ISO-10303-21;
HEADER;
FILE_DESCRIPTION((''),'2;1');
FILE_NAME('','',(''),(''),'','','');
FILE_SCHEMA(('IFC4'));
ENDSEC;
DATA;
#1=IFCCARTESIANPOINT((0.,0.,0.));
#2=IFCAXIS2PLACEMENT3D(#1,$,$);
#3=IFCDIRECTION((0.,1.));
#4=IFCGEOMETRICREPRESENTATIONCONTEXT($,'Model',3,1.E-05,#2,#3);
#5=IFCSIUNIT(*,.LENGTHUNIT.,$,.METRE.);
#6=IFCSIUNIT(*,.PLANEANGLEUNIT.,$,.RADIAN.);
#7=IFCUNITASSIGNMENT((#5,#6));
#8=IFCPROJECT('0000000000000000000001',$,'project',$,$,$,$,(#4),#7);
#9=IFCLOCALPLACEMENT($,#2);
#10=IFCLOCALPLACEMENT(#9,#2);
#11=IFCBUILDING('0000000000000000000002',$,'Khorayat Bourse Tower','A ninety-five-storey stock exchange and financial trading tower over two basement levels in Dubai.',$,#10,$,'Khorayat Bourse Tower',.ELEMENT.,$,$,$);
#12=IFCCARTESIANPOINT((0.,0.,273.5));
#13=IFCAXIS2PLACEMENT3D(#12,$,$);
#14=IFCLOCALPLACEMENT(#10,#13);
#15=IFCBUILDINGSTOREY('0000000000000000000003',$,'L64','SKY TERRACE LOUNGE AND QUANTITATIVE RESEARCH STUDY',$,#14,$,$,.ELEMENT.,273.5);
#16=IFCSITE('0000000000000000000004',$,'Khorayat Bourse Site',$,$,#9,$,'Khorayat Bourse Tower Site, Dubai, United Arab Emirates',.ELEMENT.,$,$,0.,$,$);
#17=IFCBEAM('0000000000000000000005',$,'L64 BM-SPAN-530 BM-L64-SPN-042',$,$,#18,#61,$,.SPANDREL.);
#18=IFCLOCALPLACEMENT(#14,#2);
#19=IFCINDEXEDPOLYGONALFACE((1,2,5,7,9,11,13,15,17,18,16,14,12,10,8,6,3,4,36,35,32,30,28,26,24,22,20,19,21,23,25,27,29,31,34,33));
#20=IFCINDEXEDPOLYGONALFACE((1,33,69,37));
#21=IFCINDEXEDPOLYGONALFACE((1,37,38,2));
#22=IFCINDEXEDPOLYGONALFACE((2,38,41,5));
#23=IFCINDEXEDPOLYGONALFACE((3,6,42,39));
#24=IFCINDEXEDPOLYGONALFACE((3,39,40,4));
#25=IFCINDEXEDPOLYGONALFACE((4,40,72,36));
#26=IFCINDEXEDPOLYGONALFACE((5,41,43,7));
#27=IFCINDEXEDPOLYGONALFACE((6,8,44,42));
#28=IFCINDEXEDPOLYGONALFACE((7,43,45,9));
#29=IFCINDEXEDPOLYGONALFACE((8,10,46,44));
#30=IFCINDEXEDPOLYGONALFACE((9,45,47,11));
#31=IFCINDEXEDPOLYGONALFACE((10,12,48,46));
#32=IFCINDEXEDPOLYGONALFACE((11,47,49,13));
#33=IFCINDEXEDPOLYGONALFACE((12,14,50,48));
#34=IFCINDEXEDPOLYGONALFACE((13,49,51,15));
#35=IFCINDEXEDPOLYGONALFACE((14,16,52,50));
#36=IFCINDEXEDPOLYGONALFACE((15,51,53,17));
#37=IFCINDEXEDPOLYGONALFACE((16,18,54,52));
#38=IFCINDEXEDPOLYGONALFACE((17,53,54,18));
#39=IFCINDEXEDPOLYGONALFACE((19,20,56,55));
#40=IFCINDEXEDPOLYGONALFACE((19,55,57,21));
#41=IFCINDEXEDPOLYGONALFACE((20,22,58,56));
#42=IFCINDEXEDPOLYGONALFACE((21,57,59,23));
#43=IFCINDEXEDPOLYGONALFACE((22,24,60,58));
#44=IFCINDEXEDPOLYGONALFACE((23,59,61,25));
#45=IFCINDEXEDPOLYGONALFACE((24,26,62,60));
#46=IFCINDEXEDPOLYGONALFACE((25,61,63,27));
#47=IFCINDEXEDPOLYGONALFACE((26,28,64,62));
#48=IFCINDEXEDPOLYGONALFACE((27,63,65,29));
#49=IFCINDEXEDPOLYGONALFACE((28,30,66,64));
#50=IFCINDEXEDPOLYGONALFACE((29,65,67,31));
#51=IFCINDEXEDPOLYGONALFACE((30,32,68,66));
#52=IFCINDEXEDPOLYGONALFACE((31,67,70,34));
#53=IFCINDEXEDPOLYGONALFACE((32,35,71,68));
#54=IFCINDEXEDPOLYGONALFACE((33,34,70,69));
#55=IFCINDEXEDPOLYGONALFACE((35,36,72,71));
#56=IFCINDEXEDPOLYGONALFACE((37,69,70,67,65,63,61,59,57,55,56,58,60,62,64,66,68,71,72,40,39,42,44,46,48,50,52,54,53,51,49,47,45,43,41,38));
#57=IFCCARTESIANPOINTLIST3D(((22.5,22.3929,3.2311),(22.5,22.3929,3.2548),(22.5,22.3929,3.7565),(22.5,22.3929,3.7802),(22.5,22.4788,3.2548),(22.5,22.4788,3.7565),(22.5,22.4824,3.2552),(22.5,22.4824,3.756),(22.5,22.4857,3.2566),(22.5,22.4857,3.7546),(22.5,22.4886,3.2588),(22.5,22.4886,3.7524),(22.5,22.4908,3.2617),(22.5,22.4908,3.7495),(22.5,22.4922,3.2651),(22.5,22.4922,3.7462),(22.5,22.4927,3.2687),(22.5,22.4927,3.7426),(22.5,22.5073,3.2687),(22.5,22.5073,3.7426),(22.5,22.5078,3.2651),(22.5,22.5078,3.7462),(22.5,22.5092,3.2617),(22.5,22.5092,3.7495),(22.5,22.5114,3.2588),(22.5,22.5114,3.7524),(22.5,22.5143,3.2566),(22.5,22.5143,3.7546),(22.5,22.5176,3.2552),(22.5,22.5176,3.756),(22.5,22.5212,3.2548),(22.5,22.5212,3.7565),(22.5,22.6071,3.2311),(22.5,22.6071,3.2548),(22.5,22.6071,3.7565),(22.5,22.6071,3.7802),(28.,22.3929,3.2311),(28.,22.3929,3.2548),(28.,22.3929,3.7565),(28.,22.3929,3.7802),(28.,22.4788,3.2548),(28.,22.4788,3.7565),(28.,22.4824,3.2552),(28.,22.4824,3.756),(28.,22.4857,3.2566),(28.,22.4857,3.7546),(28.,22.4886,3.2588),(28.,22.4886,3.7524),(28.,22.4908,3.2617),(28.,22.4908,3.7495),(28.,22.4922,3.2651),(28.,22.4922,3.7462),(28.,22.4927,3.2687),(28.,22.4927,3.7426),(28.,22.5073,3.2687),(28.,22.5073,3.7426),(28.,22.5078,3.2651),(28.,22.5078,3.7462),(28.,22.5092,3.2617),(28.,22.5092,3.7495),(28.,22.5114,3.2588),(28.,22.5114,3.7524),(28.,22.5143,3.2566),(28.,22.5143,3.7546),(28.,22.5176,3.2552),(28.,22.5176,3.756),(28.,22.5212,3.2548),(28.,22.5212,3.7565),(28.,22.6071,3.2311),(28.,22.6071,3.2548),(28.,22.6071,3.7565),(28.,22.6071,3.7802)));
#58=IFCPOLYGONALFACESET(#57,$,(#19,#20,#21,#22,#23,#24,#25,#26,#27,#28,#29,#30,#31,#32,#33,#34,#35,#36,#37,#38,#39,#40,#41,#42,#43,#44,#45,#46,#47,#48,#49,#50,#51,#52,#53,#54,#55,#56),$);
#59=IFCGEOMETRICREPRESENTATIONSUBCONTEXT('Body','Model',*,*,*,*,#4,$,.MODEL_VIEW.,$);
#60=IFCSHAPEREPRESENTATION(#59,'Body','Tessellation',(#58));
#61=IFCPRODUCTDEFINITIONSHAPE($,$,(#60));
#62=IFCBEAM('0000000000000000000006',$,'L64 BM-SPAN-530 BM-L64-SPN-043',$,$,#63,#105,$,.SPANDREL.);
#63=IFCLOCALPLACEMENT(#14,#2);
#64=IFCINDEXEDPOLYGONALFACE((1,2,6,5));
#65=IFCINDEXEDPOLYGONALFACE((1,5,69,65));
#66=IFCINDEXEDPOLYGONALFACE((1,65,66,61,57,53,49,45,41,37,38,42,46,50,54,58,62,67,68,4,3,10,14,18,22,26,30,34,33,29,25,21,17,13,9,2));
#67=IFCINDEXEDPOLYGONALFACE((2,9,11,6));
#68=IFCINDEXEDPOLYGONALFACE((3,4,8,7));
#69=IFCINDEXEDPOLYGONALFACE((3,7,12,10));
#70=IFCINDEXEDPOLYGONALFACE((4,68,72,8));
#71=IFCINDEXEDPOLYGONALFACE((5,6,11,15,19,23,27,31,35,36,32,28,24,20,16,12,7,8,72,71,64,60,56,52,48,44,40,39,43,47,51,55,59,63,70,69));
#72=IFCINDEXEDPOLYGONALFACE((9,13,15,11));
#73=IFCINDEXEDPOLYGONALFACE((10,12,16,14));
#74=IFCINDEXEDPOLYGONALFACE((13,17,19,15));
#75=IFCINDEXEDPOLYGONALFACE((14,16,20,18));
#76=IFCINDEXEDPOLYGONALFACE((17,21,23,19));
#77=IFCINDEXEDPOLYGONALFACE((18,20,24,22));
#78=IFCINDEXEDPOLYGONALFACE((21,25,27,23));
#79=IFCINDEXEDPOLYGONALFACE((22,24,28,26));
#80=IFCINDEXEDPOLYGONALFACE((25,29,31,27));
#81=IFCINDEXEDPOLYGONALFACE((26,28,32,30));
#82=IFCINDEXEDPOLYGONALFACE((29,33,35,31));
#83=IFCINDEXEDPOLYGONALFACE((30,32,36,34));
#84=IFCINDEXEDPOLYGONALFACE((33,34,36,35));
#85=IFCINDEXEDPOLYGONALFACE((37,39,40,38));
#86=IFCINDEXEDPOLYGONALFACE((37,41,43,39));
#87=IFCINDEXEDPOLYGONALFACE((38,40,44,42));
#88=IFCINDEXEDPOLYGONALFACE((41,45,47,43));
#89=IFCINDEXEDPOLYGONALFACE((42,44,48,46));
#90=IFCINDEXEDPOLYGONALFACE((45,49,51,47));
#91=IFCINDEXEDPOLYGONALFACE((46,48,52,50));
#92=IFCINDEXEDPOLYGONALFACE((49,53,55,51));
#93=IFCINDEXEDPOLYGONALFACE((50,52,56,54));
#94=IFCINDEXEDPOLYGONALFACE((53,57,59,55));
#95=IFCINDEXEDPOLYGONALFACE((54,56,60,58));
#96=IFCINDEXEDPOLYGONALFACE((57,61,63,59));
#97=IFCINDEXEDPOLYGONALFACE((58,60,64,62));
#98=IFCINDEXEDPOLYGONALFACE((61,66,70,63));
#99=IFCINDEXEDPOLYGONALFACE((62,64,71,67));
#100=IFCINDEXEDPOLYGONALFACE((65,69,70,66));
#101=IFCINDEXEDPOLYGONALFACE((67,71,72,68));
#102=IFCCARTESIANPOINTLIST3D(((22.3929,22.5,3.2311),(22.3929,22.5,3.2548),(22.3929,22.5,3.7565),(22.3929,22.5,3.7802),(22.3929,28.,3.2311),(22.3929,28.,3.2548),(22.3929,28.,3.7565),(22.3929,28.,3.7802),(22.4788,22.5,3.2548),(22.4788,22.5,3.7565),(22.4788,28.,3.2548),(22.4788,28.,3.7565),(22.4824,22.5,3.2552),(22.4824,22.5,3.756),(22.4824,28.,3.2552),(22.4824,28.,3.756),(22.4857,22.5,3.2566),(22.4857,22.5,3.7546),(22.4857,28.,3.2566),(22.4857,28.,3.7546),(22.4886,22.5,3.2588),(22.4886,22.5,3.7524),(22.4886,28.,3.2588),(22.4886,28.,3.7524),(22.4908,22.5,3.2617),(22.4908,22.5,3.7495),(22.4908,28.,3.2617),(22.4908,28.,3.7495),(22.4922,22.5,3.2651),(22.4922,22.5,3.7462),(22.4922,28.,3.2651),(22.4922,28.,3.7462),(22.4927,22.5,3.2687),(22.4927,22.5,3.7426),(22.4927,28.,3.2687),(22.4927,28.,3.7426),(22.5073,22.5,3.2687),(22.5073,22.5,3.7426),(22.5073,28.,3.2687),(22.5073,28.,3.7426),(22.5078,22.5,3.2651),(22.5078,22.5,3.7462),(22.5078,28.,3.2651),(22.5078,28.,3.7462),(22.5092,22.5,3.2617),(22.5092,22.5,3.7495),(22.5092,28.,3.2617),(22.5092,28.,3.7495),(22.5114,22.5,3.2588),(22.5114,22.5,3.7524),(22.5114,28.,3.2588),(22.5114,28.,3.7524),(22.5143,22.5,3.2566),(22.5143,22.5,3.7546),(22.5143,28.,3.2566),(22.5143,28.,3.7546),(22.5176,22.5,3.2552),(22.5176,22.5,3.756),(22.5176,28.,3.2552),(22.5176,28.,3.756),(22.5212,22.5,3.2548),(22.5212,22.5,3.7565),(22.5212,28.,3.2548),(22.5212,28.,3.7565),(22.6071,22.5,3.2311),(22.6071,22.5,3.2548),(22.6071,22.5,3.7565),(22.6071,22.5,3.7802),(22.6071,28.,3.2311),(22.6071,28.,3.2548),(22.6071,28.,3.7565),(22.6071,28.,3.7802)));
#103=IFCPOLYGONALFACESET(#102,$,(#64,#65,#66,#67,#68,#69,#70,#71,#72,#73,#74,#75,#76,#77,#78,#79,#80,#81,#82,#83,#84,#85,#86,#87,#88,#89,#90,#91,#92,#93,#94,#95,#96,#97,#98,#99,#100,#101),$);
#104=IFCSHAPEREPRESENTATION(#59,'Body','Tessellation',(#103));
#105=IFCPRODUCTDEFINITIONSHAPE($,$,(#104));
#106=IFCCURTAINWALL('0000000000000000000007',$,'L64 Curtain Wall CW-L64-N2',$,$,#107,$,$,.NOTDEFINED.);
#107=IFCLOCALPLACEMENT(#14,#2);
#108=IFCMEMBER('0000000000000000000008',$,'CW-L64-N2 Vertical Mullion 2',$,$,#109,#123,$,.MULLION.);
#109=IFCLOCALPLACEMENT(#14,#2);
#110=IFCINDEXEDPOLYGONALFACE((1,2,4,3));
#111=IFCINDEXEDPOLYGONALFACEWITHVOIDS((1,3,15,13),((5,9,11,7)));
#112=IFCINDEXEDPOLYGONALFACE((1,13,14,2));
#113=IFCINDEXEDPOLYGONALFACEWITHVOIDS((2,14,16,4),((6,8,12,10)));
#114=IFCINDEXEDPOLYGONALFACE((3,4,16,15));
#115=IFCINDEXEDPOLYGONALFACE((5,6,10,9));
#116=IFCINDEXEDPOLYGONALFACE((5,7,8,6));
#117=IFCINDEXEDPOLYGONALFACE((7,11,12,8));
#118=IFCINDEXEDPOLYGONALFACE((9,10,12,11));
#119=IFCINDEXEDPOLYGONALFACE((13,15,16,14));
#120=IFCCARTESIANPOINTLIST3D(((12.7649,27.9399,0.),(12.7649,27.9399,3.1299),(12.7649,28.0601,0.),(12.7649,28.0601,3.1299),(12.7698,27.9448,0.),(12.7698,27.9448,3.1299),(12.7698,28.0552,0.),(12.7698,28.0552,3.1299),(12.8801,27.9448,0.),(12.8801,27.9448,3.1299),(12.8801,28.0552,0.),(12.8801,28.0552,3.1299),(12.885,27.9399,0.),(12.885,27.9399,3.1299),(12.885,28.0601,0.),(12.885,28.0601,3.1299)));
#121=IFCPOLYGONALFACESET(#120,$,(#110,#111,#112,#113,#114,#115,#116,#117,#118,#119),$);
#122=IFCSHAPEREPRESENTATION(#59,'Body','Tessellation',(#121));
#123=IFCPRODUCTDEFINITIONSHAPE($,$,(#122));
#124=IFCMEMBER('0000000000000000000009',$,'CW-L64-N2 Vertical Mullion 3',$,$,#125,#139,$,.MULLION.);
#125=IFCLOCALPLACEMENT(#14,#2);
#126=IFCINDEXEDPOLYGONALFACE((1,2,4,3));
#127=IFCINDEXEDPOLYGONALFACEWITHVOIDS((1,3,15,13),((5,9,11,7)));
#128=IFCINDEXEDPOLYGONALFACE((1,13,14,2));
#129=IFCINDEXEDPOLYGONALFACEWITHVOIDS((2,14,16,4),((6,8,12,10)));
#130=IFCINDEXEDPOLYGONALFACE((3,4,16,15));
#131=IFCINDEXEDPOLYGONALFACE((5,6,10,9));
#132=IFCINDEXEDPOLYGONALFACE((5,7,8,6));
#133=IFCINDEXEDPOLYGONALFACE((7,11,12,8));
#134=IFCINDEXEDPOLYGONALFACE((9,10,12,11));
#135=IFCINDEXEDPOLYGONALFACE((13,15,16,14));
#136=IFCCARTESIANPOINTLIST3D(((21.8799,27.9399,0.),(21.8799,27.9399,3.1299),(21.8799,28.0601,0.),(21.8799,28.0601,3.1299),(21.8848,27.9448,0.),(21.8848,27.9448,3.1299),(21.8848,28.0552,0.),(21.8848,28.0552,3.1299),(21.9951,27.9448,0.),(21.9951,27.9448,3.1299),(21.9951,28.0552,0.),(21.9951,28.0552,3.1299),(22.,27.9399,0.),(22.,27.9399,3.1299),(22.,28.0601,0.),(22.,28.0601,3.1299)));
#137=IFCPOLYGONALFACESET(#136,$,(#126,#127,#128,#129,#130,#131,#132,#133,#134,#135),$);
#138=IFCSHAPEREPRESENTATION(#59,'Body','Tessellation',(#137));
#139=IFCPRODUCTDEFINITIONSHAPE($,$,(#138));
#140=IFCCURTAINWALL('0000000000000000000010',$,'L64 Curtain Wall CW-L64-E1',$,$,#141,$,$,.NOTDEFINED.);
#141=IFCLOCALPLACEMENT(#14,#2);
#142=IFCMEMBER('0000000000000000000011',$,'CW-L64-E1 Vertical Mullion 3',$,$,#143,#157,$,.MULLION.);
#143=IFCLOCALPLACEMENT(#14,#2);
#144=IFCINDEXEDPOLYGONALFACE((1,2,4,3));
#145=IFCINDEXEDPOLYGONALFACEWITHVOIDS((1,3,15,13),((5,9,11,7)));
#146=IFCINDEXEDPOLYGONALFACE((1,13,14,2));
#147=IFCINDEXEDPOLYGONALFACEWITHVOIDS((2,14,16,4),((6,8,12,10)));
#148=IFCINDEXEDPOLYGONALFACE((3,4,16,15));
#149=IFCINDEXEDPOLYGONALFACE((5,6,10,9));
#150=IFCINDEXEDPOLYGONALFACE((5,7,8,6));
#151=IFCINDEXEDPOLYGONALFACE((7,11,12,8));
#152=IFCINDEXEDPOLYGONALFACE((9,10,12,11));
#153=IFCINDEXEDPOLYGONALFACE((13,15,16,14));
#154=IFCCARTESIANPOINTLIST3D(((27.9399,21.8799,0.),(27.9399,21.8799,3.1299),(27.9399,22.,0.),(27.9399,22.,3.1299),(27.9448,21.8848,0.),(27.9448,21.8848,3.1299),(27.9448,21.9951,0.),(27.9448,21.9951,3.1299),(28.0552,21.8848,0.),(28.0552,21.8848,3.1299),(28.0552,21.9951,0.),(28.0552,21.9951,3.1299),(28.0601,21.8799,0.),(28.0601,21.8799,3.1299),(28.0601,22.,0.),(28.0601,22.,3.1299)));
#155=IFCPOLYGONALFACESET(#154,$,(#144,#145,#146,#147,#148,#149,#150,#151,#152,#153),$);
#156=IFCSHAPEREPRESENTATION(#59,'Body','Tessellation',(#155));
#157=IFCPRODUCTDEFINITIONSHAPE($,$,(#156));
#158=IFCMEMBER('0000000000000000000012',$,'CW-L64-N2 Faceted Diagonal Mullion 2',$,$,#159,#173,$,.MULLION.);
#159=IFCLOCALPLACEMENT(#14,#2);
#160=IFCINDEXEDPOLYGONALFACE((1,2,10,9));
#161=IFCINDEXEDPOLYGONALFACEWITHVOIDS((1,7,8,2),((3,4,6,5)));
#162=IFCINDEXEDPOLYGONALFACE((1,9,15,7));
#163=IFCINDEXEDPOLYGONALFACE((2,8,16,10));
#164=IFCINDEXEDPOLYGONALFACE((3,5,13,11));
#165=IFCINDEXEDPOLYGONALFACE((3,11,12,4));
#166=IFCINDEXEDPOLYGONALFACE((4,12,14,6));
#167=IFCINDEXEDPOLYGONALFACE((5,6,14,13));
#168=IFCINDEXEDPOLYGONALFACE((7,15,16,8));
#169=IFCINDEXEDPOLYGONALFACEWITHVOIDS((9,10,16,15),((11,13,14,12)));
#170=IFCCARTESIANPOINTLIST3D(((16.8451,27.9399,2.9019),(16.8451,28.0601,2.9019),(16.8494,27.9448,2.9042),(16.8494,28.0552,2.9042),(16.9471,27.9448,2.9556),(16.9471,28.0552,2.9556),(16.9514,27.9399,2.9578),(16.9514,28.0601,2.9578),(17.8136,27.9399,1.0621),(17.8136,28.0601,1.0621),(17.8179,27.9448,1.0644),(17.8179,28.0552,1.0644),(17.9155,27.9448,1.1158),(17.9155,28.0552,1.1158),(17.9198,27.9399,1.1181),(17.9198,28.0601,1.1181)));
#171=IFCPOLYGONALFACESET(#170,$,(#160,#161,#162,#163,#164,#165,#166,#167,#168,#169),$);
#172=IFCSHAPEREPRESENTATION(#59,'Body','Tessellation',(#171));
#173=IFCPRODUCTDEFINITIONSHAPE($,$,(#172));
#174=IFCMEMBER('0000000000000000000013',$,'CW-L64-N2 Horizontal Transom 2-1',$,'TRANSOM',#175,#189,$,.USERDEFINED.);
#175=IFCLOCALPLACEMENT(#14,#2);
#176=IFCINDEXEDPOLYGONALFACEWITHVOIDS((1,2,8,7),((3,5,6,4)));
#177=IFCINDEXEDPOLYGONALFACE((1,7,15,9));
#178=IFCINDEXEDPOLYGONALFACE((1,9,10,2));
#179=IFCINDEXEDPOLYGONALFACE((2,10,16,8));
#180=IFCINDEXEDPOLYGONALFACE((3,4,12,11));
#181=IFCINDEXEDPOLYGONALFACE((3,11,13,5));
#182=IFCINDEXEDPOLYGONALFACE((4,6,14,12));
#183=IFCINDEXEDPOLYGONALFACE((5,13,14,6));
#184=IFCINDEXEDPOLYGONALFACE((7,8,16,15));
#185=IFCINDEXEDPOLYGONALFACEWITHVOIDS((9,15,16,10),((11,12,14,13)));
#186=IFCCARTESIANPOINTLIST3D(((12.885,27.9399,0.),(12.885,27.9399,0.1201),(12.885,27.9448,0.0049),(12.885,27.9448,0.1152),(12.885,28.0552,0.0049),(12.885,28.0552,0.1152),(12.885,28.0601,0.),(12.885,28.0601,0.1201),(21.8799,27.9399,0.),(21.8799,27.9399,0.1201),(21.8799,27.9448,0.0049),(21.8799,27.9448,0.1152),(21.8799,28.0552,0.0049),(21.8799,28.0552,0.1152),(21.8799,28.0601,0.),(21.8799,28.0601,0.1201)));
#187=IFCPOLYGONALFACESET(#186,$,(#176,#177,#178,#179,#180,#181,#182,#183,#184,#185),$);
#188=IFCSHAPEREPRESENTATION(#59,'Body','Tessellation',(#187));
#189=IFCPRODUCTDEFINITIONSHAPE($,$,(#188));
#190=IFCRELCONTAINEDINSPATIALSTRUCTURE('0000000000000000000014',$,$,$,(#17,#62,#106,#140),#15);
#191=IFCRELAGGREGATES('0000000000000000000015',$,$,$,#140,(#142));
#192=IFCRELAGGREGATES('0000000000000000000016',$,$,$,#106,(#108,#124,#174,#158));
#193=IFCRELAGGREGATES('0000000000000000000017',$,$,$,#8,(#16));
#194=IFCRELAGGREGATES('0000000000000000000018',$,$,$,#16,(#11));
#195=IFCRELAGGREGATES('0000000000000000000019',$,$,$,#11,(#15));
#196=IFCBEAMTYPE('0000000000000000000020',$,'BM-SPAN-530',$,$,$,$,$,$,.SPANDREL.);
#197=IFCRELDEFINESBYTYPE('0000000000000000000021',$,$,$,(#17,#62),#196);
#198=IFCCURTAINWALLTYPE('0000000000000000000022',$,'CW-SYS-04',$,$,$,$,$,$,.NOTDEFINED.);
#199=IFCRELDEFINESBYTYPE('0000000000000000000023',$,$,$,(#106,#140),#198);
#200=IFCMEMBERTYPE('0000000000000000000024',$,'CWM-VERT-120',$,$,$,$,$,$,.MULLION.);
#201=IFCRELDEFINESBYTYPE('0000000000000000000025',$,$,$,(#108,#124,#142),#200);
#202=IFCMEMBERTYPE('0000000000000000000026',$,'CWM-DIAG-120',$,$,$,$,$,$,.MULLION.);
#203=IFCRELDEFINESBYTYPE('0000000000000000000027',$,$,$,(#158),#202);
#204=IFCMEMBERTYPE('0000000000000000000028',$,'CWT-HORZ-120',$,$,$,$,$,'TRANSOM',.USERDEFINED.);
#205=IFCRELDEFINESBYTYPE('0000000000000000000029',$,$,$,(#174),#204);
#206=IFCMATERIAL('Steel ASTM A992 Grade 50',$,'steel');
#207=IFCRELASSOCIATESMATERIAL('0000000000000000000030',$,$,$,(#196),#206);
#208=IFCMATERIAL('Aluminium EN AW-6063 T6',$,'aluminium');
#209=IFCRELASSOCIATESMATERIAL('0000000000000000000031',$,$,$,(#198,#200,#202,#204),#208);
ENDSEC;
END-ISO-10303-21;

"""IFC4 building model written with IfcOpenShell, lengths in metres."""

from ifc_helpers import new_model, si_unit, direction, frame, origin, origin_2d, place, context, subcontext, project, spatial, hollow_rectangle, i_section, extrude, source, transform, mapped, material, material_profile, profile_set, type_object, element, aggregate, save


model = new_model("IFC4")

# Units and contexts
model_context = context("Model", 3, precision=1e-05, world=origin(), true_north=direction((0.0, 1.0)))
body_context = subcontext(model_context, "Body", "Model", "MODEL_VIEW")
ifc_project = project(units=[si_unit("LENGTHUNIT", "METRE"), si_unit("PLANEANGLEUNIT", "RADIAN")], contexts=[model_context])

# Site, building, storey
site_placement = place(None, origin())
site = spatial("IfcSite", under=ifc_project, at=site_placement, Name="Khorayat Bourse Site", LongName="Khorayat Bourse Tower Site, Dubai, United Arab Emirates", CompositionType="ELEMENT", RefElevation=0.0)
building_placement = place(site_placement, origin())
building = spatial("IfcBuilding", under=site, at=building_placement, Name="Khorayat Bourse Tower", Description="A ninety-five-storey stock exchange and financial trading tower over two basement levels in Dubai.", LongName="Khorayat Bourse Tower", CompositionType="ELEMENT")
storey_placement = place(building_placement, frame((0.0, 0.0, 273.5)))
storey = spatial("IfcBuildingStorey", under=building, at=storey_placement, Name="L64", Description="SKY TERRACE LOUNGE AND QUANTITATIVE RESEARCH STUDY", CompositionType="ELEMENT", Elevation=273.5)

# Beams
ifc_material_1 = material(Name="Steel ASTM A992 Grade 50", Category="steel")
ifc_material_profile_1 = material_profile(ifc_material_1, i_section(OverallWidth=0.2141, OverallDepth=0.5491, WebThickness=0.0146, FlangeThickness=0.0237, FilletRadius=0.0139, at=origin_2d()), Name="W530X138")
ifc_profile_set_1 = profile_set([ifc_material_profile_1], Name="Steel ASTM A992 Grade 50")
beam_type_1 = type_object("IfcBeamType", Name="BM-SPAN-530", PredefinedType="SPANDREL", material=ifc_profile_set_1)
shared_shape_1 = source(origin(), body_context, "Body", "SweptSolid", [
    extrude(i_section(OverallWidth=0.2141, OverallDepth=0.5491, WebThickness=0.0146, FlangeThickness=0.0237, FilletRadius=0.0139, at=origin_2d()), origin(), (0.0, 0.0, 1.0), 5.5),
])
for number, where, z_axis, x_axis, name in (
    (1, (22.5, 22.5, 3.5056), (1.0, 0.0, 0.0), (0.0, 1.0, 0.0), "L64 BM-SPAN-530 BM-L64-SPN-042"),
    (2, (22.5, 22.5, 3.5056), (0.0, 1.0, 0.0), (-1.0, 0.0, 0.0), "L64 BM-SPAN-530 BM-L64-SPN-043"),
):
    element("IfcBeam", number, at=place(storey_placement, frame(where, z_axis=z_axis, x_axis=x_axis)), inside=storey, type_object=beam_type_1, Name=name, PredefinedType="SPANDREL", context=body_context, shape_type="MappedRepresentation", body=[
        mapped(shared_shape_1, transform((0.0, 0.0, 0.0), scale=1.0)),
    ])

# Curtain wall, members
ifc_material_2 = material(Name="Aluminium EN AW-6063 T6", Category="aluminium")
curtain_wall_type = type_object("IfcCurtainWallType", Name="CW-SYS-04", PredefinedType="NOTDEFINED", material=ifc_material_2)
curtain_wall_1_placement = place(storey_placement, origin())
curtain_wall_1 = element("IfcCurtainWall", 3, at=curtain_wall_1_placement, inside=storey, type_object=curtain_wall_type, Name="L64 Curtain Wall CW-L64-N2", PredefinedType="NOTDEFINED")
ifc_material_profile_2 = material_profile(ifc_material_2, hollow_rectangle(XDim=0.1201, YDim=0.1201, WallThickness=0.0049, at=origin_2d()), Name="ALU 120x120x5")
ifc_profile_set_2 = profile_set([ifc_material_profile_2], Name="Aluminium EN AW-6063 T6")
member_type_1 = type_object("IfcMemberType", Name="CWM-VERT-120", PredefinedType="MULLION", material=ifc_profile_set_2)
shared_shape_2 = source(origin(), body_context, "Body", "SweptSolid", [
    extrude(hollow_rectangle(XDim=0.1201, YDim=0.1201, WallThickness=0.0049, at=origin_2d()), origin(), (0.0, 0.0, 1.0), 3.1299),
])
member_1_placement = place(storey_placement, frame((12.825, 28.0, 0.0), z_axis=(0.0, 0.0, 1.0), x_axis=(0.0, 1.0, 0.0)))
member_1 = element("IfcMember", 4, at=member_1_placement, type_object=member_type_1, Name="CW-L64-N2 Vertical Mullion 2", PredefinedType="MULLION", context=body_context, shape_type="MappedRepresentation", body=[
    mapped(shared_shape_2, transform((0.0, 0.0, 0.0), scale=1.0)),
])
member_2_placement = place(storey_placement, frame((21.9399, 28.0, 0.0), z_axis=(0.0, 0.0, 1.0), x_axis=(0.0, 1.0, 0.0)))
member_2 = element("IfcMember", 5, at=member_2_placement, type_object=member_type_1, Name="CW-L64-N2 Vertical Mullion 3", PredefinedType="MULLION", context=body_context, shape_type="MappedRepresentation", body=[
    mapped(shared_shape_2, transform((0.0, 0.0, 0.0), scale=1.0)),
])

# Curtain wall, member
curtain_wall_2_placement = place(storey_placement, origin())
curtain_wall_2 = element("IfcCurtainWall", 6, at=curtain_wall_2_placement, inside=storey, type_object=curtain_wall_type, Name="L64 Curtain Wall CW-L64-E1", PredefinedType="NOTDEFINED")
member_3_placement = place(storey_placement, frame((28.0, 21.9399, 0.0), z_axis=(0.0, 0.0, 1.0), x_axis=(-1.0, 0.0, 0.0)))
member_3 = element("IfcMember", 7, at=member_3_placement, type_object=member_type_1, Name="CW-L64-E1 Vertical Mullion 3", PredefinedType="MULLION", context=body_context, shape_type="MappedRepresentation", body=[
    mapped(shared_shape_2, transform((0.0, 0.0, 0.0), scale=1.0)),
])
aggregate(curtain_wall_2, [member_3])

# Members
ifc_material_profile_3 = material_profile(ifc_material_2, hollow_rectangle(XDim=0.1201, YDim=0.1201, WallThickness=0.0049, at=origin_2d()), Name="ALU 120x120x5")
ifc_profile_set_3 = profile_set([ifc_material_profile_3], Name="Aluminium EN AW-6063 T6")
member_type_2 = type_object("IfcMemberType", Name="CWM-DIAG-120", PredefinedType="MULLION", material=ifc_profile_set_3)
shared_shape_3 = source(origin(), body_context, "Body", "SweptSolid", [
    extrude(hollow_rectangle(XDim=0.1201, YDim=0.1201, WallThickness=0.0049, at=origin_2d()), origin(), (0.0, 0.0, 1.0), 2.0791),
])
member_4_placement = place(storey_placement, frame((17.8667, 28.0, 1.0901), z_axis=(-0.465809, 0.0, 0.884885), x_axis=(0.0, -1.0, 0.0)))
member_4 = element("IfcMember", 8, at=member_4_placement, type_object=member_type_2, Name="CW-L64-N2 Faceted Diagonal Mullion 2", PredefinedType="MULLION", context=body_context, shape_type="MappedRepresentation", body=[
    mapped(shared_shape_3, transform((0.0, 0.0, 0.0), scale=1.0)),
])
ifc_material_profile_4 = material_profile(ifc_material_2, hollow_rectangle(XDim=0.1201, YDim=0.1201, WallThickness=0.0049, at=origin_2d()), Name="ALU 120x120x5")
ifc_profile_set_4 = profile_set([ifc_material_profile_4], Name="Aluminium EN AW-6063 T6")
member_type_3 = type_object("IfcMemberType", Name="CWT-HORZ-120", ElementType="TRANSOM", PredefinedType="USERDEFINED", material=ifc_profile_set_4)
shared_shape_4 = source(origin(), body_context, "Body", "SweptSolid", [
    extrude(hollow_rectangle(XDim=0.1201, YDim=0.1201, WallThickness=0.0049, at=origin_2d()), origin(), (0.0, 0.0, 1.0), 8.9949),
])
member_5_placement = place(storey_placement, frame((12.885, 28.0, 0.0601), z_axis=(1.0, 0.0, 0.0), x_axis=(0.0, 1.0, 0.0)))
member_5 = element("IfcMember", 9, at=member_5_placement, type_object=member_type_3, Name="CW-L64-N2 Horizontal Transom 2-1", ObjectType="TRANSOM", PredefinedType="USERDEFINED", context=body_context, shape_type="MappedRepresentation", body=[
    mapped(shared_shape_4, transform((0.0, 0.0, 0.0), scale=1.0)),
])

aggregate(curtain_wall_1, [member_1, member_2, member_5, member_4])

save(model, "model.ifc")
